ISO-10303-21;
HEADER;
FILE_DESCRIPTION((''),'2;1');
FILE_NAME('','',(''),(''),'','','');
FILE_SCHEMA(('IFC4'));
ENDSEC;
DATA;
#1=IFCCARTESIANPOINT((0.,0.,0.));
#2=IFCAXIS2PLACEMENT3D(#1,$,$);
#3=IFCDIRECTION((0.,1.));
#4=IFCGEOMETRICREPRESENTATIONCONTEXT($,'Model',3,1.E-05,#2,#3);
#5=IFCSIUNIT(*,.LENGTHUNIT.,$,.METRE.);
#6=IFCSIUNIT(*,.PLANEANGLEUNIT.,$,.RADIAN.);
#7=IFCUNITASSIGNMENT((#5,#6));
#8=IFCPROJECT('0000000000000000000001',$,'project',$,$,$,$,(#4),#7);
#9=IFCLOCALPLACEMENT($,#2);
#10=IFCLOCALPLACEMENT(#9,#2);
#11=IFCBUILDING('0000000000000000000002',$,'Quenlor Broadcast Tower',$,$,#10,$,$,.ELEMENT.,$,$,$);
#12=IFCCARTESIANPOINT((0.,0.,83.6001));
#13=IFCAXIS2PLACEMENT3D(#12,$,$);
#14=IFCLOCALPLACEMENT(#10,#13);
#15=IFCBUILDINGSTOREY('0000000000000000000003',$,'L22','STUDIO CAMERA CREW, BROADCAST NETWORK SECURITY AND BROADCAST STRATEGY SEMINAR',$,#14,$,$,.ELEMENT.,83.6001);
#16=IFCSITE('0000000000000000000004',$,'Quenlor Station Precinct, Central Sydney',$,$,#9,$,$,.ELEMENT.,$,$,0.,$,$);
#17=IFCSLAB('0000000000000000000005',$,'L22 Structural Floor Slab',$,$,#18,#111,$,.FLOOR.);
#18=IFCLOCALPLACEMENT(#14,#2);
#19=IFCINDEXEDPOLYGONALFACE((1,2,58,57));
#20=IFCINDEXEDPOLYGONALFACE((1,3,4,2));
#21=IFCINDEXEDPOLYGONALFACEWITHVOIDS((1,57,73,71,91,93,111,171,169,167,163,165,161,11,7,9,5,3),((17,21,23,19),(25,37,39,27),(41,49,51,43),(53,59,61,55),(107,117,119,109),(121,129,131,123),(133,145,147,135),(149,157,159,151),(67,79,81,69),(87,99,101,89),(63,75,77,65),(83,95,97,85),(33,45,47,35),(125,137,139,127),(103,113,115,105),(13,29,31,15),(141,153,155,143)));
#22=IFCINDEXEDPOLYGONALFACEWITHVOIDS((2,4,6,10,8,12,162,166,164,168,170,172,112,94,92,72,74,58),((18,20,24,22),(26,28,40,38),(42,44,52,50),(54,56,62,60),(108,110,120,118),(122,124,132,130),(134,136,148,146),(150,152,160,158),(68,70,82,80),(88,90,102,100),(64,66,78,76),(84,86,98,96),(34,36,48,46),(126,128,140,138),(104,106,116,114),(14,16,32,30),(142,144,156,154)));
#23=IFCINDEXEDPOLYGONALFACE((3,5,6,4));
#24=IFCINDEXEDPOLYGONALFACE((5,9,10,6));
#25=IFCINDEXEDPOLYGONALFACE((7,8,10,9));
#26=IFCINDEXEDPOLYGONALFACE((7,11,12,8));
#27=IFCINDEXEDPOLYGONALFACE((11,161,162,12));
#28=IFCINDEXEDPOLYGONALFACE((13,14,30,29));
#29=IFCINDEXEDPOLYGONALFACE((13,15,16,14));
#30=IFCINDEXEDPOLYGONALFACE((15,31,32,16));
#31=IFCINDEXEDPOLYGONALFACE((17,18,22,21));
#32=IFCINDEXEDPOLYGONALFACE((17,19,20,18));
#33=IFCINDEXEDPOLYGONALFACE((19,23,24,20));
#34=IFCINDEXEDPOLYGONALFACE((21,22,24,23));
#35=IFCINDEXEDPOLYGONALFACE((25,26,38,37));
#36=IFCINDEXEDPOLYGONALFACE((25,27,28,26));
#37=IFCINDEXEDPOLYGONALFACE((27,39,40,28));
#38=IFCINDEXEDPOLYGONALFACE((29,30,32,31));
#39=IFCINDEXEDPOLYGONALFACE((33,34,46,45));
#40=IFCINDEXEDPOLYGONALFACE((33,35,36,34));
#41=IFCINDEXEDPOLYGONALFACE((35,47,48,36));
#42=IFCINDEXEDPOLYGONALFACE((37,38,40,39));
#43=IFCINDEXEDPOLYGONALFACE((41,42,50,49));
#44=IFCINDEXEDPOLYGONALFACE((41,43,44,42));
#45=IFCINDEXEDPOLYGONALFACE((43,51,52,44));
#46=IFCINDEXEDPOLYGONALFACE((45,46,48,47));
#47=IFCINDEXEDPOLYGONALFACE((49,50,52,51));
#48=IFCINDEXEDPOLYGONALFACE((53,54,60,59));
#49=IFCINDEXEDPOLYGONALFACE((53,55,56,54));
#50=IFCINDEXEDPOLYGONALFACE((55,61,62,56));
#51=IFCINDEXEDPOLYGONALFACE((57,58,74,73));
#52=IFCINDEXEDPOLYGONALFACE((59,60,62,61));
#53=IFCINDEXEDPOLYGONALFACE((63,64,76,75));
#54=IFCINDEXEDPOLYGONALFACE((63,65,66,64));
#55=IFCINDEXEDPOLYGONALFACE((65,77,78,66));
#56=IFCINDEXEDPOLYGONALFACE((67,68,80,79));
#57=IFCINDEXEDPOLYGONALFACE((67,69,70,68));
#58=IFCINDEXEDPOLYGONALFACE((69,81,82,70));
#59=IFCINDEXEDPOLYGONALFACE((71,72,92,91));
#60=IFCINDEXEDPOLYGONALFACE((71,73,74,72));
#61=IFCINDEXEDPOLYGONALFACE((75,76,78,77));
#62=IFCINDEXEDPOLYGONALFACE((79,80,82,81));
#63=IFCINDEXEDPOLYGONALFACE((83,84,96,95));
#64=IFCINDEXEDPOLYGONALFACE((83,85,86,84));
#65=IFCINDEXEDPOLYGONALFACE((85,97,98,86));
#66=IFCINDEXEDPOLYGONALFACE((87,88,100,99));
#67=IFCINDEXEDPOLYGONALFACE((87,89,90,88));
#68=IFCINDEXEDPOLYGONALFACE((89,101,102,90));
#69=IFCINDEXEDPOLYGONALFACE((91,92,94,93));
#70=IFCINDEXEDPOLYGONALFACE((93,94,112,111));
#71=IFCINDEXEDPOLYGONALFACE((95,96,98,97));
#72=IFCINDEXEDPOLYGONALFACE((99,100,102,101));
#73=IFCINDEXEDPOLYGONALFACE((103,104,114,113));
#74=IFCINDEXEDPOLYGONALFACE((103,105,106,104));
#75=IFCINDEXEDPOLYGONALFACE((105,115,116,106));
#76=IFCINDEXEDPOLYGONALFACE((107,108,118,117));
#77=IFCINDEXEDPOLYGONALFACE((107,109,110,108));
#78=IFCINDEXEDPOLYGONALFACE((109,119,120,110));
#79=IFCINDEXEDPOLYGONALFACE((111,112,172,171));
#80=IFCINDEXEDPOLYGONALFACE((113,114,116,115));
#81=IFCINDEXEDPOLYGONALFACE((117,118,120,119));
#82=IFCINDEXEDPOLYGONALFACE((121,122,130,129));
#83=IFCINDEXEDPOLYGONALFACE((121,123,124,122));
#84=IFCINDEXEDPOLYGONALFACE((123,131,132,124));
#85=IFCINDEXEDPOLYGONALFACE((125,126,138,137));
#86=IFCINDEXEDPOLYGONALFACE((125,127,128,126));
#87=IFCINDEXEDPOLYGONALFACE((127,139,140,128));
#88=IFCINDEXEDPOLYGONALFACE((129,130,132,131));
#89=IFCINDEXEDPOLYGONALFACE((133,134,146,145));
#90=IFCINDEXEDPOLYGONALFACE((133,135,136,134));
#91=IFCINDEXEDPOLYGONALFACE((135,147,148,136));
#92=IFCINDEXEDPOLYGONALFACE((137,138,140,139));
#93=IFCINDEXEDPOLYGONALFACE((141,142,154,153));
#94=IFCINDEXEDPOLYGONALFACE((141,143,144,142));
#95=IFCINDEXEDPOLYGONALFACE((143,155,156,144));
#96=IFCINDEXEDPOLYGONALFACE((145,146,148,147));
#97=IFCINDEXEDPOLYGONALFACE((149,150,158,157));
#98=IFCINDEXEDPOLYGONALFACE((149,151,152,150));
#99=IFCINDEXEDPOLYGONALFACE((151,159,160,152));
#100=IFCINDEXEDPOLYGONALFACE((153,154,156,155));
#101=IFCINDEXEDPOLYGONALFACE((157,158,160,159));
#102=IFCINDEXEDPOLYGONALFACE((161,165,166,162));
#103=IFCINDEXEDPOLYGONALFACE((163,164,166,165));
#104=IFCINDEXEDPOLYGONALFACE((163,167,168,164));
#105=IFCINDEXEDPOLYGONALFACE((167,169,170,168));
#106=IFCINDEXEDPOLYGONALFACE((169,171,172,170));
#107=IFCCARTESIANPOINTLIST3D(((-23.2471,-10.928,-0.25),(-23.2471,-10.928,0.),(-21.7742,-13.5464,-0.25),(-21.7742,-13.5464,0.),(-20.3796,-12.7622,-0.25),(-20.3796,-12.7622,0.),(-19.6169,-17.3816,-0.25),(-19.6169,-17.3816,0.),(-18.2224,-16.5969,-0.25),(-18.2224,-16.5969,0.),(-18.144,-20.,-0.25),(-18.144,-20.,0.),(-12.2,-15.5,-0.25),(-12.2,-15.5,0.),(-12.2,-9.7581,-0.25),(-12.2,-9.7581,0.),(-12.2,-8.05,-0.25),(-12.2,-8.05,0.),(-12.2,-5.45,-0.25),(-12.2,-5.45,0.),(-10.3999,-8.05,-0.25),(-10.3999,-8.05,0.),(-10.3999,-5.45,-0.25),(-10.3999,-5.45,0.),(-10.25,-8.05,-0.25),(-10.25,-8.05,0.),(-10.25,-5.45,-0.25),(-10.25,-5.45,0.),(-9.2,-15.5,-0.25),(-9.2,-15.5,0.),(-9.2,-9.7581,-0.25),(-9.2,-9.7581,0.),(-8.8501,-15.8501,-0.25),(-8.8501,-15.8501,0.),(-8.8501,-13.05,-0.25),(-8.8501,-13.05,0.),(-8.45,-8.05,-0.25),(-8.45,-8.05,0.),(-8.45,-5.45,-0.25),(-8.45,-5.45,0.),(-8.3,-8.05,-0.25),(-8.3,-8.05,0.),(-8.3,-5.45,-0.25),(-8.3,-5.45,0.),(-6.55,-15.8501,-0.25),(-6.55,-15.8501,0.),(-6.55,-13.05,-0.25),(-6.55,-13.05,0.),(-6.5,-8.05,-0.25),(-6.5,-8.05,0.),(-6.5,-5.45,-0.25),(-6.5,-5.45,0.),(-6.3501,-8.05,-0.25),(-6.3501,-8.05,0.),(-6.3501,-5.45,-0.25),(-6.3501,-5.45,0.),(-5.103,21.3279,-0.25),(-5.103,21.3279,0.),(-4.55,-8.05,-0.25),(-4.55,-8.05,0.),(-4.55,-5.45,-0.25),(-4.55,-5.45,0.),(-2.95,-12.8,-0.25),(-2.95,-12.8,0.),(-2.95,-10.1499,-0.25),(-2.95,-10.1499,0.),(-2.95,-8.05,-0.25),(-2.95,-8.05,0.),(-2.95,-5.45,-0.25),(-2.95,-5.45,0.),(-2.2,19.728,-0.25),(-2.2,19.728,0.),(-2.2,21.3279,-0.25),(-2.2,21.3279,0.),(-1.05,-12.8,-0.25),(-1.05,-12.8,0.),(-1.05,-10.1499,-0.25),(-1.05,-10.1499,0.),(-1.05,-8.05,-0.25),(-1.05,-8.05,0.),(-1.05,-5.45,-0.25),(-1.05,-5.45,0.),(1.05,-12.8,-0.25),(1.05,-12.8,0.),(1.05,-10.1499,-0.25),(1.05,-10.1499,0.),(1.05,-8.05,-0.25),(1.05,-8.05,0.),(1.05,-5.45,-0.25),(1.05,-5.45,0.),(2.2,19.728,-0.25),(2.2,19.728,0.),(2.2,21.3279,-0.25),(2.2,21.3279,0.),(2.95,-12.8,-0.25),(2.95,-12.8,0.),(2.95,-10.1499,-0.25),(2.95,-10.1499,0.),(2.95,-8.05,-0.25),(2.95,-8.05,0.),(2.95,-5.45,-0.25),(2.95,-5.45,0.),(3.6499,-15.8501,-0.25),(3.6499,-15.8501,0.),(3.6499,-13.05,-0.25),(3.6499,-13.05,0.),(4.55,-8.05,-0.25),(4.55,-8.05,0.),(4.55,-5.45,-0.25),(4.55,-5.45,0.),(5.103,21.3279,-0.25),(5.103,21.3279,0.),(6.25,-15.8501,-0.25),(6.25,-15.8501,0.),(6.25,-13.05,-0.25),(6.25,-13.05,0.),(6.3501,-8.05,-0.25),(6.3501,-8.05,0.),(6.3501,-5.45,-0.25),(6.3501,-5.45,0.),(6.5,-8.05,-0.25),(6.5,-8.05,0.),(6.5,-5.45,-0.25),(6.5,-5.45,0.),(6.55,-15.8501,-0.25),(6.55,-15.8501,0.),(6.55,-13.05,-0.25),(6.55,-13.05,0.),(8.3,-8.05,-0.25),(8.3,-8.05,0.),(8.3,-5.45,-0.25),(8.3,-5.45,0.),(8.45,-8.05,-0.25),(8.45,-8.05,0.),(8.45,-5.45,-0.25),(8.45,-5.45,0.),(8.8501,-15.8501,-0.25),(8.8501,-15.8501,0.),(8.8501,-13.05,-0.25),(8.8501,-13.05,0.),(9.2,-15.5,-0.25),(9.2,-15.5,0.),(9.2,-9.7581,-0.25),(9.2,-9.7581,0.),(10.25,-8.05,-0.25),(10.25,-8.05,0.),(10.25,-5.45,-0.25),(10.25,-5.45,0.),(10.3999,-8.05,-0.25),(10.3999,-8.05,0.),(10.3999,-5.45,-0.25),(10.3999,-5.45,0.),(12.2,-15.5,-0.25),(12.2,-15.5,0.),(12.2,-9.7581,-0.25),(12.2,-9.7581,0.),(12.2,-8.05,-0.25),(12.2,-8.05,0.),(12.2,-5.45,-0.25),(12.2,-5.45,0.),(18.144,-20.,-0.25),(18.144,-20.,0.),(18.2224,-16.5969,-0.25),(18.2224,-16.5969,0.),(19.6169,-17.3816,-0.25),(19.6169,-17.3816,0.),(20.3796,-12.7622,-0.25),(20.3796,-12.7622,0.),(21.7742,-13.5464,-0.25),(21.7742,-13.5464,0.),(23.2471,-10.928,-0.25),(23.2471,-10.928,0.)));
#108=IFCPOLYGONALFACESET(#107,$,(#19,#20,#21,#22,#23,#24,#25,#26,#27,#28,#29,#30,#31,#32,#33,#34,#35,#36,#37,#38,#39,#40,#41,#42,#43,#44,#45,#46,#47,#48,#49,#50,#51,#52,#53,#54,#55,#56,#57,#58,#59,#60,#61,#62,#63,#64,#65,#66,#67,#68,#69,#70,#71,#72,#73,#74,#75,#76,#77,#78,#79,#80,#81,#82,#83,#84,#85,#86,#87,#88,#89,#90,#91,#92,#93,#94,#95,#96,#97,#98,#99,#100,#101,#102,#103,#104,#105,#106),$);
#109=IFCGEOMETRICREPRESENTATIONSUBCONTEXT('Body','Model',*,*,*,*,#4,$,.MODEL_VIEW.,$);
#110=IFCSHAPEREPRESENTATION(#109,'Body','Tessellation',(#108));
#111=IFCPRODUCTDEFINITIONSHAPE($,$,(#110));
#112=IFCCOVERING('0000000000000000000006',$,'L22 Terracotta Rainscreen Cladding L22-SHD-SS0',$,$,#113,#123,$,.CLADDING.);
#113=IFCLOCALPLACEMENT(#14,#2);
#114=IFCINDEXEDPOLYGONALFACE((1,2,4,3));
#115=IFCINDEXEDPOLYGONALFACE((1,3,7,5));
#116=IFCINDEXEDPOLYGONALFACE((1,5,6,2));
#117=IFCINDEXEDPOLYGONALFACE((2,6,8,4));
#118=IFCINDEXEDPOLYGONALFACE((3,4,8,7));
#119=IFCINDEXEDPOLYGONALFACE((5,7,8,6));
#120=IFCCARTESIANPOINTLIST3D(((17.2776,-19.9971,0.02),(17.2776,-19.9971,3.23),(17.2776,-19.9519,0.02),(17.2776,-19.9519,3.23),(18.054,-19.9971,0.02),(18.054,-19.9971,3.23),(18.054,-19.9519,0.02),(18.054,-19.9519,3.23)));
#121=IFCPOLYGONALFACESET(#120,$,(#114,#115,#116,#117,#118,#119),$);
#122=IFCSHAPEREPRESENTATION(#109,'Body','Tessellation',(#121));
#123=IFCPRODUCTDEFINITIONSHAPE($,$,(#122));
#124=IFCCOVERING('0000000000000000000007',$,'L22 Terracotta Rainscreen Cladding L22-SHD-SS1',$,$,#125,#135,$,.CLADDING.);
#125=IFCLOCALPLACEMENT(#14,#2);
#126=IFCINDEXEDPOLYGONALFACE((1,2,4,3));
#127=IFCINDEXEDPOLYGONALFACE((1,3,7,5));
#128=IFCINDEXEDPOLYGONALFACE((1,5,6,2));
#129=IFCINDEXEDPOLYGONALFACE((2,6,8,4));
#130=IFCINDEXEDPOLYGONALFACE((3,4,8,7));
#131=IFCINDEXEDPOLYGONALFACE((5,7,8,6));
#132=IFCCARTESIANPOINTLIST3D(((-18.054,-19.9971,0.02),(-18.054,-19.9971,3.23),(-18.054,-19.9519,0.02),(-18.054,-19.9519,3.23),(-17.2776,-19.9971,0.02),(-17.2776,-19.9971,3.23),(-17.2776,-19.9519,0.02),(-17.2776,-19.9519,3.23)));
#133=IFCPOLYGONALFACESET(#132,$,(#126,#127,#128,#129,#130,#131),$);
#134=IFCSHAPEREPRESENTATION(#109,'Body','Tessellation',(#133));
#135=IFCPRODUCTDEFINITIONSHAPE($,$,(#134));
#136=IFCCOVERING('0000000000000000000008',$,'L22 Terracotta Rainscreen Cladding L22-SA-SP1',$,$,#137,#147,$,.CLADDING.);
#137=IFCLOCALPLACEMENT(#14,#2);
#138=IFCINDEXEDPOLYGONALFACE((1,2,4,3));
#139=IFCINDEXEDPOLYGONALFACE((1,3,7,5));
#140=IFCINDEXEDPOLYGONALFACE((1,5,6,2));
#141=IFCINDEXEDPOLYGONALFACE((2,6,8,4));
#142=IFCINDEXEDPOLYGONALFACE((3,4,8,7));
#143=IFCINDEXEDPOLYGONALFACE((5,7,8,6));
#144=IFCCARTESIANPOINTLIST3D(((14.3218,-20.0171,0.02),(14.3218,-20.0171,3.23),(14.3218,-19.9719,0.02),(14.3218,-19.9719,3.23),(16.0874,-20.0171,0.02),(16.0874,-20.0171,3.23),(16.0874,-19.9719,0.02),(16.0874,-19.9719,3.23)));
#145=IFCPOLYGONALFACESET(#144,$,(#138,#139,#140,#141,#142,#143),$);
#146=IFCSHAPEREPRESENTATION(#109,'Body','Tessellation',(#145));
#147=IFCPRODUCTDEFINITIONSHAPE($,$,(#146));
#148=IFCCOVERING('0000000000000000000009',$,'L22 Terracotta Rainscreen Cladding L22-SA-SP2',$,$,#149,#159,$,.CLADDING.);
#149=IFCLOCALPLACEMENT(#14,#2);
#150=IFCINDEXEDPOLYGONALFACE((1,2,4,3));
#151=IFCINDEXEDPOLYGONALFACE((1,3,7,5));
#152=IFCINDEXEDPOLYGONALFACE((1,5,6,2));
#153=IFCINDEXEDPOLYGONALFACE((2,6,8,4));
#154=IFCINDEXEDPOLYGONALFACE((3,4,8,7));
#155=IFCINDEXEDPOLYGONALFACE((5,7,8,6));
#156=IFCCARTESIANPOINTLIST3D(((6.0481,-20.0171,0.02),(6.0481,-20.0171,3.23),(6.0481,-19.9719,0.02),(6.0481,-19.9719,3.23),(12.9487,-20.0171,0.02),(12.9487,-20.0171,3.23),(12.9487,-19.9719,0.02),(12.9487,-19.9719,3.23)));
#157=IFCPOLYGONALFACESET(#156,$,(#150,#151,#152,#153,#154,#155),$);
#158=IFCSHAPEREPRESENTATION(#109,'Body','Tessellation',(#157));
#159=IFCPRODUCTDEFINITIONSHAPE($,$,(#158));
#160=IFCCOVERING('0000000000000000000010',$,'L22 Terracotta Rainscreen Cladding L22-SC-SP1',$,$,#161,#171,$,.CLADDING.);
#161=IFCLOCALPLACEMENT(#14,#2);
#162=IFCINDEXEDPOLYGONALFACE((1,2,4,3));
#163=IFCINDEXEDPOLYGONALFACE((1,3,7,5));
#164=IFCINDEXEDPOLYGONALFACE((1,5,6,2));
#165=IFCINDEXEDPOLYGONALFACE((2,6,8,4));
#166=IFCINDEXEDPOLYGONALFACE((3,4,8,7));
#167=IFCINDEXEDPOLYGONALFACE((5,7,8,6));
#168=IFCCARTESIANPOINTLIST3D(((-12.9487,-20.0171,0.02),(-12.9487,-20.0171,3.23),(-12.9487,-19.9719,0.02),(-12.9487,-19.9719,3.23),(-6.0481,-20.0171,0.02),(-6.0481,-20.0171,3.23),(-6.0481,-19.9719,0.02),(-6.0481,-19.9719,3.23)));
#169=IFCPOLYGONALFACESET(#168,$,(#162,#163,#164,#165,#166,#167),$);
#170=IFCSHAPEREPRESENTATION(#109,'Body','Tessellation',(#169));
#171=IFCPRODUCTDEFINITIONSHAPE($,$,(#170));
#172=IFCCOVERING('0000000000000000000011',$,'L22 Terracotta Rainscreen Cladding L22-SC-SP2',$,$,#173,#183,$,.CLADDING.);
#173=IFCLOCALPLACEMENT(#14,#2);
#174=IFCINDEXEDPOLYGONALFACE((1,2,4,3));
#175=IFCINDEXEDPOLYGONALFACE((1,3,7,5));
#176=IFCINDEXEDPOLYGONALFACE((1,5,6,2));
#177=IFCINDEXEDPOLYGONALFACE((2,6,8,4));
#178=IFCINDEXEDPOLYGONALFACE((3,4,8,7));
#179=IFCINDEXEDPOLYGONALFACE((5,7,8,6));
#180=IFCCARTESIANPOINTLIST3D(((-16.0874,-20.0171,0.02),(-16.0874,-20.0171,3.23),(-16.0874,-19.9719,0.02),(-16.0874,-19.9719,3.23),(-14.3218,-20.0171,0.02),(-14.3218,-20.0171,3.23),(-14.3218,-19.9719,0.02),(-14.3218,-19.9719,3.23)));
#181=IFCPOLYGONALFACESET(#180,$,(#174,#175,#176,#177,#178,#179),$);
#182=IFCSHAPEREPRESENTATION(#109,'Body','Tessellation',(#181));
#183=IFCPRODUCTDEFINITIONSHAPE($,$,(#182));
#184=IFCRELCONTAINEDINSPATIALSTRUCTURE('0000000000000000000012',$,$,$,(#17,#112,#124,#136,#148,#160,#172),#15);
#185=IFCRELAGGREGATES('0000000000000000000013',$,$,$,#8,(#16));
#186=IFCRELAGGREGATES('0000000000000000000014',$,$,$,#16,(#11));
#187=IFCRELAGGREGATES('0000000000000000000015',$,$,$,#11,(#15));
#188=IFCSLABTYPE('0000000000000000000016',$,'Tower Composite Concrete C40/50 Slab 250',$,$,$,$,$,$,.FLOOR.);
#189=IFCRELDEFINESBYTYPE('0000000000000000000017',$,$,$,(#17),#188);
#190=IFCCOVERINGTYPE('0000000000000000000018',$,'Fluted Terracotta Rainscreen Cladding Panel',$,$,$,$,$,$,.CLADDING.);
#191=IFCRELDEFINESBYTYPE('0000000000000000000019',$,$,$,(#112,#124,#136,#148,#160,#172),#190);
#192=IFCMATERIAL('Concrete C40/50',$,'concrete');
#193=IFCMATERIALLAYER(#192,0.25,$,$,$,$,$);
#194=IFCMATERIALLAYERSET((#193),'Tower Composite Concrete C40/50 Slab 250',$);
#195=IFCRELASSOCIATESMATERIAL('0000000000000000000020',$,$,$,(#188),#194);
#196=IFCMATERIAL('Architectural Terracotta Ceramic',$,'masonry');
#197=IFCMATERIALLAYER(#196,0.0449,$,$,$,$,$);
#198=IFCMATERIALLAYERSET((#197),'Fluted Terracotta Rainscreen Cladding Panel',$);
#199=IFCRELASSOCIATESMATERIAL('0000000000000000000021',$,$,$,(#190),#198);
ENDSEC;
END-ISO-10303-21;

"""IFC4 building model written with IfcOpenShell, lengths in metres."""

from ifc_helpers import new_model, si_unit, direction, frame, origin, place, context, subcontext, project, spatial, polyline, outline, extrude, material, layer, layer_set, type_object, element, save


model = new_model("IFC4")

# Units and contexts
model_context = context("Model", 3, precision=1e-05, world=origin(), true_north=direction((0.0, 1.0)))
body_context = subcontext(model_context, "Body", "Model", "MODEL_VIEW")
ifc_project = project(units=[si_unit("LENGTHUNIT", "METRE"), si_unit("PLANEANGLEUNIT", "RADIAN")], contexts=[model_context])

# Site, building, storey
site_placement = place(None, origin())
site = spatial("IfcSite", under=ifc_project, at=site_placement, Name="Quenlor Station Precinct, Central Sydney", CompositionType="ELEMENT", RefElevation=0.0)
building_placement = place(site_placement, origin())
building = spatial("IfcBuilding", under=site, at=building_placement, Name="Quenlor Broadcast Tower", CompositionType="ELEMENT")
storey_placement = place(building_placement, frame((0.0, 0.0, 83.6001)))
storey = spatial("IfcBuildingStorey", under=building, at=storey_placement, Name="L22", Description="STUDIO CAMERA CREW, BROADCAST NETWORK SECURITY AND BROADCAST STRATEGY SEMINAR", CompositionType="ELEMENT", Elevation=83.6001)

# Slab
ifc_material_1 = material(Name="Concrete C40/50", Category="concrete")
ifc_layer_1 = layer(ifc_material_1, 0.25)
ifc_layer_set_1 = layer_set([ifc_layer_1], Name="Tower Composite Concrete C40/50 Slab 250")
slab_type = type_object("IfcSlabType", Name="Tower Composite Concrete C40/50 Slab 250", PredefinedType="FLOOR", material=ifc_layer_set_1)
slab_placement = place(storey_placement, frame((0.0, 0.0, -0.25)))
element("IfcSlab", 1, at=slab_placement, inside=storey, type_object=slab_type, Name="L22 Structural Floor Slab", PredefinedType="FLOOR", context=body_context, shape_type="SweptSolid", body=[
    extrude(outline(polyline([(18.144, -20.0), (19.6169, -17.3816), (18.2224, -16.5969), (20.3796, -12.7622), (21.7742, -13.5464), (23.2471, -10.928), (5.103, 21.3279), (2.2, 21.3279), (2.2, 19.728), (-2.2, 19.728), (-2.2, 21.3279), (-5.103, 21.3279), (-23.2471, -10.928), (-21.7742, -13.5464), (-20.3796, -12.7622), (-18.2224, -16.5969), (-19.6169, -17.3816), (-18.144, -20.0), (18.144, -20.0)]), holes=[polyline([(-12.2, -9.7581), (-12.2, -15.5), (-9.2, -15.5), (-9.2, -9.7581), (-12.2, -9.7581)]), polyline([(9.2, -9.7581), (9.2, -15.5), (12.2, -15.5), (12.2, -9.7581), (9.2, -9.7581)]), polyline([(-12.2, -8.05), (-10.3999, -8.05), (-10.3999, -5.45), (-12.2, -5.45), (-12.2, -8.05)]), polyline([(-10.25, -8.05), (-8.45, -8.05), (-8.45, -5.45), (-10.25, -5.45), (-10.25, -8.05)]), polyline([(-8.3, -8.05), (-6.5, -8.05), (-6.5, -5.45), (-8.3, -5.45), (-8.3, -8.05)]), polyline([(-6.3501, -8.05), (-4.55, -8.05), (-4.55, -5.45), (-6.3501, -5.45), (-6.3501, -8.05)]), polyline([(-2.95, -8.05), (-1.05, -8.05), (-1.05, -5.45), (-2.95, -5.45), (-2.95, -8.05)]), polyline([(1.05, -8.05), (2.95, -8.05), (2.95, -5.45), (1.05, -5.45), (1.05, -8.05)]), polyline([(-2.95, -12.8), (-1.05, -12.8), (-1.05, -10.1499), (-2.95, -10.1499), (-2.95, -12.8)]), polyline([(1.05, -12.8), (2.95, -12.8), (2.95, -10.1499), (1.05, -10.1499), (1.05, -12.8)]), polyline([(4.55, -8.05), (6.3501, -8.05), (6.3501, -5.45), (4.55, -5.45), (4.55, -8.05)]), polyline([(6.5, -8.05), (8.3, -8.05), (8.3, -5.45), (6.5, -5.45), (6.5, -8.05)]), polyline([(8.45, -8.05), (10.25, -8.05), (10.25, -5.45), (8.45, -5.45), (8.45, -8.05)]), polyline([(10.3999, -8.05), (12.2, -8.05), (12.2, -5.45), (10.3999, -5.45), (10.3999, -8.05)]), polyline([(-8.8501, -15.8501), (-6.55, -15.8501), (-6.55, -13.05), (-8.8501, -13.05), (-8.8501, -15.8501)]), polyline([(6.55, -15.8501), (8.8501, -15.8501), (8.8501, -13.05), (6.55, -13.05), (6.55, -15.8501)]), polyline([(3.6499, -15.8501), (6.25, -15.8501), (6.25, -13.05), (3.6499, -13.05), (3.6499, -15.8501)])]), origin(), (0.0, 0.0, 1.0), 0.25),
])

# Coverings
ifc_material_2 = material(Name="Architectural Terracotta Ceramic", Category="masonry")
ifc_layer_2 = layer(ifc_material_2, 0.0449)
ifc_layer_set_2 = layer_set([ifc_layer_2], Name="Fluted Terracotta Rainscreen Cladding Panel")
covering_type = type_object("IfcCoveringType", Name="Fluted Terracotta Rainscreen Cladding Panel", PredefinedType="CLADDING", material=ifc_layer_set_2)
covering_1_placement = place(storey_placement, frame((0.0, 0.0, 0.02)))
element("IfcCovering", 2, at=covering_1_placement, inside=storey, type_object=covering_type, Name="L22 Terracotta Rainscreen Cladding L22-SHD-SS0", PredefinedType="CLADDING", context=body_context, shape_type="SweptSolid", body=[
    extrude(outline(polyline([(18.054, -19.9519), (17.2776, -19.9519), (17.2776, -19.9971), (18.054, -19.9971), (18.054, -19.9519)])), origin(), (0.0, 0.0, 1.0), 3.21),
])
covering_2_placement = place(storey_placement, frame((0.0, 0.0, 0.02)))
element("IfcCovering", 3, at=covering_2_placement, inside=storey, type_object=covering_type, Name="L22 Terracotta Rainscreen Cladding L22-SHD-SS1", PredefinedType="CLADDING", context=body_context, shape_type="SweptSolid", body=[
    extrude(outline(polyline([(-17.2776, -19.9519), (-18.054, -19.9519), (-18.054, -19.9971), (-17.2776, -19.9971), (-17.2776, -19.9519)])), origin(), (0.0, 0.0, 1.0), 3.21),
])
covering_3_placement = place(storey_placement, frame((0.0, 0.0, 0.02)))
element("IfcCovering", 4, at=covering_3_placement, inside=storey, type_object=covering_type, Name="L22 Terracotta Rainscreen Cladding L22-SA-SP1", PredefinedType="CLADDING", context=body_context, shape_type="SweptSolid", body=[
    extrude(outline(polyline([(16.0874, -19.9719), (14.3218, -19.9719), (14.3218, -20.0171), (16.0874, -20.0171), (16.0874, -19.9719)])), origin(), (0.0, 0.0, 1.0), 3.21),
])
covering_4_placement = place(storey_placement, frame((0.0, 0.0, 0.02)))
element("IfcCovering", 5, at=covering_4_placement, inside=storey, type_object=covering_type, Name="L22 Terracotta Rainscreen Cladding L22-SA-SP2", PredefinedType="CLADDING", context=body_context, shape_type="SweptSolid", body=[
    extrude(outline(polyline([(12.9487, -19.9719), (6.0481, -19.9719), (6.0481, -20.0171), (12.9487, -20.0171), (12.9487, -19.9719)])), origin(), (0.0, 0.0, 1.0), 3.21),
])
covering_5_placement = place(storey_placement, frame((0.0, 0.0, 0.02)))
element("IfcCovering", 6, at=covering_5_placement, inside=storey, type_object=covering_type, Name="L22 Terracotta Rainscreen Cladding L22-SC-SP1", PredefinedType="CLADDING", context=body_context, shape_type="SweptSolid", body=[
    extrude(outline(polyline([(-6.0481, -19.9719), (-12.9487, -19.9719), (-12.9487, -20.0171), (-6.0481, -20.0171), (-6.0481, -19.9719)])), origin(), (0.0, 0.0, 1.0), 3.21),
])
covering_6_placement = place(storey_placement, frame((0.0, 0.0, 0.02)))
element("IfcCovering", 7, at=covering_6_placement, inside=storey, type_object=covering_type, Name="L22 Terracotta Rainscreen Cladding L22-SC-SP2", PredefinedType="CLADDING", context=body_context, shape_type="SweptSolid", body=[
    extrude(outline(polyline([(-14.3218, -19.9719), (-16.0874, -19.9719), (-16.0874, -20.0171), (-14.3218, -20.0171), (-14.3218, -19.9719)])), origin(), (0.0, 0.0, 1.0), 3.21),
])

save(model, "model.ifc")
